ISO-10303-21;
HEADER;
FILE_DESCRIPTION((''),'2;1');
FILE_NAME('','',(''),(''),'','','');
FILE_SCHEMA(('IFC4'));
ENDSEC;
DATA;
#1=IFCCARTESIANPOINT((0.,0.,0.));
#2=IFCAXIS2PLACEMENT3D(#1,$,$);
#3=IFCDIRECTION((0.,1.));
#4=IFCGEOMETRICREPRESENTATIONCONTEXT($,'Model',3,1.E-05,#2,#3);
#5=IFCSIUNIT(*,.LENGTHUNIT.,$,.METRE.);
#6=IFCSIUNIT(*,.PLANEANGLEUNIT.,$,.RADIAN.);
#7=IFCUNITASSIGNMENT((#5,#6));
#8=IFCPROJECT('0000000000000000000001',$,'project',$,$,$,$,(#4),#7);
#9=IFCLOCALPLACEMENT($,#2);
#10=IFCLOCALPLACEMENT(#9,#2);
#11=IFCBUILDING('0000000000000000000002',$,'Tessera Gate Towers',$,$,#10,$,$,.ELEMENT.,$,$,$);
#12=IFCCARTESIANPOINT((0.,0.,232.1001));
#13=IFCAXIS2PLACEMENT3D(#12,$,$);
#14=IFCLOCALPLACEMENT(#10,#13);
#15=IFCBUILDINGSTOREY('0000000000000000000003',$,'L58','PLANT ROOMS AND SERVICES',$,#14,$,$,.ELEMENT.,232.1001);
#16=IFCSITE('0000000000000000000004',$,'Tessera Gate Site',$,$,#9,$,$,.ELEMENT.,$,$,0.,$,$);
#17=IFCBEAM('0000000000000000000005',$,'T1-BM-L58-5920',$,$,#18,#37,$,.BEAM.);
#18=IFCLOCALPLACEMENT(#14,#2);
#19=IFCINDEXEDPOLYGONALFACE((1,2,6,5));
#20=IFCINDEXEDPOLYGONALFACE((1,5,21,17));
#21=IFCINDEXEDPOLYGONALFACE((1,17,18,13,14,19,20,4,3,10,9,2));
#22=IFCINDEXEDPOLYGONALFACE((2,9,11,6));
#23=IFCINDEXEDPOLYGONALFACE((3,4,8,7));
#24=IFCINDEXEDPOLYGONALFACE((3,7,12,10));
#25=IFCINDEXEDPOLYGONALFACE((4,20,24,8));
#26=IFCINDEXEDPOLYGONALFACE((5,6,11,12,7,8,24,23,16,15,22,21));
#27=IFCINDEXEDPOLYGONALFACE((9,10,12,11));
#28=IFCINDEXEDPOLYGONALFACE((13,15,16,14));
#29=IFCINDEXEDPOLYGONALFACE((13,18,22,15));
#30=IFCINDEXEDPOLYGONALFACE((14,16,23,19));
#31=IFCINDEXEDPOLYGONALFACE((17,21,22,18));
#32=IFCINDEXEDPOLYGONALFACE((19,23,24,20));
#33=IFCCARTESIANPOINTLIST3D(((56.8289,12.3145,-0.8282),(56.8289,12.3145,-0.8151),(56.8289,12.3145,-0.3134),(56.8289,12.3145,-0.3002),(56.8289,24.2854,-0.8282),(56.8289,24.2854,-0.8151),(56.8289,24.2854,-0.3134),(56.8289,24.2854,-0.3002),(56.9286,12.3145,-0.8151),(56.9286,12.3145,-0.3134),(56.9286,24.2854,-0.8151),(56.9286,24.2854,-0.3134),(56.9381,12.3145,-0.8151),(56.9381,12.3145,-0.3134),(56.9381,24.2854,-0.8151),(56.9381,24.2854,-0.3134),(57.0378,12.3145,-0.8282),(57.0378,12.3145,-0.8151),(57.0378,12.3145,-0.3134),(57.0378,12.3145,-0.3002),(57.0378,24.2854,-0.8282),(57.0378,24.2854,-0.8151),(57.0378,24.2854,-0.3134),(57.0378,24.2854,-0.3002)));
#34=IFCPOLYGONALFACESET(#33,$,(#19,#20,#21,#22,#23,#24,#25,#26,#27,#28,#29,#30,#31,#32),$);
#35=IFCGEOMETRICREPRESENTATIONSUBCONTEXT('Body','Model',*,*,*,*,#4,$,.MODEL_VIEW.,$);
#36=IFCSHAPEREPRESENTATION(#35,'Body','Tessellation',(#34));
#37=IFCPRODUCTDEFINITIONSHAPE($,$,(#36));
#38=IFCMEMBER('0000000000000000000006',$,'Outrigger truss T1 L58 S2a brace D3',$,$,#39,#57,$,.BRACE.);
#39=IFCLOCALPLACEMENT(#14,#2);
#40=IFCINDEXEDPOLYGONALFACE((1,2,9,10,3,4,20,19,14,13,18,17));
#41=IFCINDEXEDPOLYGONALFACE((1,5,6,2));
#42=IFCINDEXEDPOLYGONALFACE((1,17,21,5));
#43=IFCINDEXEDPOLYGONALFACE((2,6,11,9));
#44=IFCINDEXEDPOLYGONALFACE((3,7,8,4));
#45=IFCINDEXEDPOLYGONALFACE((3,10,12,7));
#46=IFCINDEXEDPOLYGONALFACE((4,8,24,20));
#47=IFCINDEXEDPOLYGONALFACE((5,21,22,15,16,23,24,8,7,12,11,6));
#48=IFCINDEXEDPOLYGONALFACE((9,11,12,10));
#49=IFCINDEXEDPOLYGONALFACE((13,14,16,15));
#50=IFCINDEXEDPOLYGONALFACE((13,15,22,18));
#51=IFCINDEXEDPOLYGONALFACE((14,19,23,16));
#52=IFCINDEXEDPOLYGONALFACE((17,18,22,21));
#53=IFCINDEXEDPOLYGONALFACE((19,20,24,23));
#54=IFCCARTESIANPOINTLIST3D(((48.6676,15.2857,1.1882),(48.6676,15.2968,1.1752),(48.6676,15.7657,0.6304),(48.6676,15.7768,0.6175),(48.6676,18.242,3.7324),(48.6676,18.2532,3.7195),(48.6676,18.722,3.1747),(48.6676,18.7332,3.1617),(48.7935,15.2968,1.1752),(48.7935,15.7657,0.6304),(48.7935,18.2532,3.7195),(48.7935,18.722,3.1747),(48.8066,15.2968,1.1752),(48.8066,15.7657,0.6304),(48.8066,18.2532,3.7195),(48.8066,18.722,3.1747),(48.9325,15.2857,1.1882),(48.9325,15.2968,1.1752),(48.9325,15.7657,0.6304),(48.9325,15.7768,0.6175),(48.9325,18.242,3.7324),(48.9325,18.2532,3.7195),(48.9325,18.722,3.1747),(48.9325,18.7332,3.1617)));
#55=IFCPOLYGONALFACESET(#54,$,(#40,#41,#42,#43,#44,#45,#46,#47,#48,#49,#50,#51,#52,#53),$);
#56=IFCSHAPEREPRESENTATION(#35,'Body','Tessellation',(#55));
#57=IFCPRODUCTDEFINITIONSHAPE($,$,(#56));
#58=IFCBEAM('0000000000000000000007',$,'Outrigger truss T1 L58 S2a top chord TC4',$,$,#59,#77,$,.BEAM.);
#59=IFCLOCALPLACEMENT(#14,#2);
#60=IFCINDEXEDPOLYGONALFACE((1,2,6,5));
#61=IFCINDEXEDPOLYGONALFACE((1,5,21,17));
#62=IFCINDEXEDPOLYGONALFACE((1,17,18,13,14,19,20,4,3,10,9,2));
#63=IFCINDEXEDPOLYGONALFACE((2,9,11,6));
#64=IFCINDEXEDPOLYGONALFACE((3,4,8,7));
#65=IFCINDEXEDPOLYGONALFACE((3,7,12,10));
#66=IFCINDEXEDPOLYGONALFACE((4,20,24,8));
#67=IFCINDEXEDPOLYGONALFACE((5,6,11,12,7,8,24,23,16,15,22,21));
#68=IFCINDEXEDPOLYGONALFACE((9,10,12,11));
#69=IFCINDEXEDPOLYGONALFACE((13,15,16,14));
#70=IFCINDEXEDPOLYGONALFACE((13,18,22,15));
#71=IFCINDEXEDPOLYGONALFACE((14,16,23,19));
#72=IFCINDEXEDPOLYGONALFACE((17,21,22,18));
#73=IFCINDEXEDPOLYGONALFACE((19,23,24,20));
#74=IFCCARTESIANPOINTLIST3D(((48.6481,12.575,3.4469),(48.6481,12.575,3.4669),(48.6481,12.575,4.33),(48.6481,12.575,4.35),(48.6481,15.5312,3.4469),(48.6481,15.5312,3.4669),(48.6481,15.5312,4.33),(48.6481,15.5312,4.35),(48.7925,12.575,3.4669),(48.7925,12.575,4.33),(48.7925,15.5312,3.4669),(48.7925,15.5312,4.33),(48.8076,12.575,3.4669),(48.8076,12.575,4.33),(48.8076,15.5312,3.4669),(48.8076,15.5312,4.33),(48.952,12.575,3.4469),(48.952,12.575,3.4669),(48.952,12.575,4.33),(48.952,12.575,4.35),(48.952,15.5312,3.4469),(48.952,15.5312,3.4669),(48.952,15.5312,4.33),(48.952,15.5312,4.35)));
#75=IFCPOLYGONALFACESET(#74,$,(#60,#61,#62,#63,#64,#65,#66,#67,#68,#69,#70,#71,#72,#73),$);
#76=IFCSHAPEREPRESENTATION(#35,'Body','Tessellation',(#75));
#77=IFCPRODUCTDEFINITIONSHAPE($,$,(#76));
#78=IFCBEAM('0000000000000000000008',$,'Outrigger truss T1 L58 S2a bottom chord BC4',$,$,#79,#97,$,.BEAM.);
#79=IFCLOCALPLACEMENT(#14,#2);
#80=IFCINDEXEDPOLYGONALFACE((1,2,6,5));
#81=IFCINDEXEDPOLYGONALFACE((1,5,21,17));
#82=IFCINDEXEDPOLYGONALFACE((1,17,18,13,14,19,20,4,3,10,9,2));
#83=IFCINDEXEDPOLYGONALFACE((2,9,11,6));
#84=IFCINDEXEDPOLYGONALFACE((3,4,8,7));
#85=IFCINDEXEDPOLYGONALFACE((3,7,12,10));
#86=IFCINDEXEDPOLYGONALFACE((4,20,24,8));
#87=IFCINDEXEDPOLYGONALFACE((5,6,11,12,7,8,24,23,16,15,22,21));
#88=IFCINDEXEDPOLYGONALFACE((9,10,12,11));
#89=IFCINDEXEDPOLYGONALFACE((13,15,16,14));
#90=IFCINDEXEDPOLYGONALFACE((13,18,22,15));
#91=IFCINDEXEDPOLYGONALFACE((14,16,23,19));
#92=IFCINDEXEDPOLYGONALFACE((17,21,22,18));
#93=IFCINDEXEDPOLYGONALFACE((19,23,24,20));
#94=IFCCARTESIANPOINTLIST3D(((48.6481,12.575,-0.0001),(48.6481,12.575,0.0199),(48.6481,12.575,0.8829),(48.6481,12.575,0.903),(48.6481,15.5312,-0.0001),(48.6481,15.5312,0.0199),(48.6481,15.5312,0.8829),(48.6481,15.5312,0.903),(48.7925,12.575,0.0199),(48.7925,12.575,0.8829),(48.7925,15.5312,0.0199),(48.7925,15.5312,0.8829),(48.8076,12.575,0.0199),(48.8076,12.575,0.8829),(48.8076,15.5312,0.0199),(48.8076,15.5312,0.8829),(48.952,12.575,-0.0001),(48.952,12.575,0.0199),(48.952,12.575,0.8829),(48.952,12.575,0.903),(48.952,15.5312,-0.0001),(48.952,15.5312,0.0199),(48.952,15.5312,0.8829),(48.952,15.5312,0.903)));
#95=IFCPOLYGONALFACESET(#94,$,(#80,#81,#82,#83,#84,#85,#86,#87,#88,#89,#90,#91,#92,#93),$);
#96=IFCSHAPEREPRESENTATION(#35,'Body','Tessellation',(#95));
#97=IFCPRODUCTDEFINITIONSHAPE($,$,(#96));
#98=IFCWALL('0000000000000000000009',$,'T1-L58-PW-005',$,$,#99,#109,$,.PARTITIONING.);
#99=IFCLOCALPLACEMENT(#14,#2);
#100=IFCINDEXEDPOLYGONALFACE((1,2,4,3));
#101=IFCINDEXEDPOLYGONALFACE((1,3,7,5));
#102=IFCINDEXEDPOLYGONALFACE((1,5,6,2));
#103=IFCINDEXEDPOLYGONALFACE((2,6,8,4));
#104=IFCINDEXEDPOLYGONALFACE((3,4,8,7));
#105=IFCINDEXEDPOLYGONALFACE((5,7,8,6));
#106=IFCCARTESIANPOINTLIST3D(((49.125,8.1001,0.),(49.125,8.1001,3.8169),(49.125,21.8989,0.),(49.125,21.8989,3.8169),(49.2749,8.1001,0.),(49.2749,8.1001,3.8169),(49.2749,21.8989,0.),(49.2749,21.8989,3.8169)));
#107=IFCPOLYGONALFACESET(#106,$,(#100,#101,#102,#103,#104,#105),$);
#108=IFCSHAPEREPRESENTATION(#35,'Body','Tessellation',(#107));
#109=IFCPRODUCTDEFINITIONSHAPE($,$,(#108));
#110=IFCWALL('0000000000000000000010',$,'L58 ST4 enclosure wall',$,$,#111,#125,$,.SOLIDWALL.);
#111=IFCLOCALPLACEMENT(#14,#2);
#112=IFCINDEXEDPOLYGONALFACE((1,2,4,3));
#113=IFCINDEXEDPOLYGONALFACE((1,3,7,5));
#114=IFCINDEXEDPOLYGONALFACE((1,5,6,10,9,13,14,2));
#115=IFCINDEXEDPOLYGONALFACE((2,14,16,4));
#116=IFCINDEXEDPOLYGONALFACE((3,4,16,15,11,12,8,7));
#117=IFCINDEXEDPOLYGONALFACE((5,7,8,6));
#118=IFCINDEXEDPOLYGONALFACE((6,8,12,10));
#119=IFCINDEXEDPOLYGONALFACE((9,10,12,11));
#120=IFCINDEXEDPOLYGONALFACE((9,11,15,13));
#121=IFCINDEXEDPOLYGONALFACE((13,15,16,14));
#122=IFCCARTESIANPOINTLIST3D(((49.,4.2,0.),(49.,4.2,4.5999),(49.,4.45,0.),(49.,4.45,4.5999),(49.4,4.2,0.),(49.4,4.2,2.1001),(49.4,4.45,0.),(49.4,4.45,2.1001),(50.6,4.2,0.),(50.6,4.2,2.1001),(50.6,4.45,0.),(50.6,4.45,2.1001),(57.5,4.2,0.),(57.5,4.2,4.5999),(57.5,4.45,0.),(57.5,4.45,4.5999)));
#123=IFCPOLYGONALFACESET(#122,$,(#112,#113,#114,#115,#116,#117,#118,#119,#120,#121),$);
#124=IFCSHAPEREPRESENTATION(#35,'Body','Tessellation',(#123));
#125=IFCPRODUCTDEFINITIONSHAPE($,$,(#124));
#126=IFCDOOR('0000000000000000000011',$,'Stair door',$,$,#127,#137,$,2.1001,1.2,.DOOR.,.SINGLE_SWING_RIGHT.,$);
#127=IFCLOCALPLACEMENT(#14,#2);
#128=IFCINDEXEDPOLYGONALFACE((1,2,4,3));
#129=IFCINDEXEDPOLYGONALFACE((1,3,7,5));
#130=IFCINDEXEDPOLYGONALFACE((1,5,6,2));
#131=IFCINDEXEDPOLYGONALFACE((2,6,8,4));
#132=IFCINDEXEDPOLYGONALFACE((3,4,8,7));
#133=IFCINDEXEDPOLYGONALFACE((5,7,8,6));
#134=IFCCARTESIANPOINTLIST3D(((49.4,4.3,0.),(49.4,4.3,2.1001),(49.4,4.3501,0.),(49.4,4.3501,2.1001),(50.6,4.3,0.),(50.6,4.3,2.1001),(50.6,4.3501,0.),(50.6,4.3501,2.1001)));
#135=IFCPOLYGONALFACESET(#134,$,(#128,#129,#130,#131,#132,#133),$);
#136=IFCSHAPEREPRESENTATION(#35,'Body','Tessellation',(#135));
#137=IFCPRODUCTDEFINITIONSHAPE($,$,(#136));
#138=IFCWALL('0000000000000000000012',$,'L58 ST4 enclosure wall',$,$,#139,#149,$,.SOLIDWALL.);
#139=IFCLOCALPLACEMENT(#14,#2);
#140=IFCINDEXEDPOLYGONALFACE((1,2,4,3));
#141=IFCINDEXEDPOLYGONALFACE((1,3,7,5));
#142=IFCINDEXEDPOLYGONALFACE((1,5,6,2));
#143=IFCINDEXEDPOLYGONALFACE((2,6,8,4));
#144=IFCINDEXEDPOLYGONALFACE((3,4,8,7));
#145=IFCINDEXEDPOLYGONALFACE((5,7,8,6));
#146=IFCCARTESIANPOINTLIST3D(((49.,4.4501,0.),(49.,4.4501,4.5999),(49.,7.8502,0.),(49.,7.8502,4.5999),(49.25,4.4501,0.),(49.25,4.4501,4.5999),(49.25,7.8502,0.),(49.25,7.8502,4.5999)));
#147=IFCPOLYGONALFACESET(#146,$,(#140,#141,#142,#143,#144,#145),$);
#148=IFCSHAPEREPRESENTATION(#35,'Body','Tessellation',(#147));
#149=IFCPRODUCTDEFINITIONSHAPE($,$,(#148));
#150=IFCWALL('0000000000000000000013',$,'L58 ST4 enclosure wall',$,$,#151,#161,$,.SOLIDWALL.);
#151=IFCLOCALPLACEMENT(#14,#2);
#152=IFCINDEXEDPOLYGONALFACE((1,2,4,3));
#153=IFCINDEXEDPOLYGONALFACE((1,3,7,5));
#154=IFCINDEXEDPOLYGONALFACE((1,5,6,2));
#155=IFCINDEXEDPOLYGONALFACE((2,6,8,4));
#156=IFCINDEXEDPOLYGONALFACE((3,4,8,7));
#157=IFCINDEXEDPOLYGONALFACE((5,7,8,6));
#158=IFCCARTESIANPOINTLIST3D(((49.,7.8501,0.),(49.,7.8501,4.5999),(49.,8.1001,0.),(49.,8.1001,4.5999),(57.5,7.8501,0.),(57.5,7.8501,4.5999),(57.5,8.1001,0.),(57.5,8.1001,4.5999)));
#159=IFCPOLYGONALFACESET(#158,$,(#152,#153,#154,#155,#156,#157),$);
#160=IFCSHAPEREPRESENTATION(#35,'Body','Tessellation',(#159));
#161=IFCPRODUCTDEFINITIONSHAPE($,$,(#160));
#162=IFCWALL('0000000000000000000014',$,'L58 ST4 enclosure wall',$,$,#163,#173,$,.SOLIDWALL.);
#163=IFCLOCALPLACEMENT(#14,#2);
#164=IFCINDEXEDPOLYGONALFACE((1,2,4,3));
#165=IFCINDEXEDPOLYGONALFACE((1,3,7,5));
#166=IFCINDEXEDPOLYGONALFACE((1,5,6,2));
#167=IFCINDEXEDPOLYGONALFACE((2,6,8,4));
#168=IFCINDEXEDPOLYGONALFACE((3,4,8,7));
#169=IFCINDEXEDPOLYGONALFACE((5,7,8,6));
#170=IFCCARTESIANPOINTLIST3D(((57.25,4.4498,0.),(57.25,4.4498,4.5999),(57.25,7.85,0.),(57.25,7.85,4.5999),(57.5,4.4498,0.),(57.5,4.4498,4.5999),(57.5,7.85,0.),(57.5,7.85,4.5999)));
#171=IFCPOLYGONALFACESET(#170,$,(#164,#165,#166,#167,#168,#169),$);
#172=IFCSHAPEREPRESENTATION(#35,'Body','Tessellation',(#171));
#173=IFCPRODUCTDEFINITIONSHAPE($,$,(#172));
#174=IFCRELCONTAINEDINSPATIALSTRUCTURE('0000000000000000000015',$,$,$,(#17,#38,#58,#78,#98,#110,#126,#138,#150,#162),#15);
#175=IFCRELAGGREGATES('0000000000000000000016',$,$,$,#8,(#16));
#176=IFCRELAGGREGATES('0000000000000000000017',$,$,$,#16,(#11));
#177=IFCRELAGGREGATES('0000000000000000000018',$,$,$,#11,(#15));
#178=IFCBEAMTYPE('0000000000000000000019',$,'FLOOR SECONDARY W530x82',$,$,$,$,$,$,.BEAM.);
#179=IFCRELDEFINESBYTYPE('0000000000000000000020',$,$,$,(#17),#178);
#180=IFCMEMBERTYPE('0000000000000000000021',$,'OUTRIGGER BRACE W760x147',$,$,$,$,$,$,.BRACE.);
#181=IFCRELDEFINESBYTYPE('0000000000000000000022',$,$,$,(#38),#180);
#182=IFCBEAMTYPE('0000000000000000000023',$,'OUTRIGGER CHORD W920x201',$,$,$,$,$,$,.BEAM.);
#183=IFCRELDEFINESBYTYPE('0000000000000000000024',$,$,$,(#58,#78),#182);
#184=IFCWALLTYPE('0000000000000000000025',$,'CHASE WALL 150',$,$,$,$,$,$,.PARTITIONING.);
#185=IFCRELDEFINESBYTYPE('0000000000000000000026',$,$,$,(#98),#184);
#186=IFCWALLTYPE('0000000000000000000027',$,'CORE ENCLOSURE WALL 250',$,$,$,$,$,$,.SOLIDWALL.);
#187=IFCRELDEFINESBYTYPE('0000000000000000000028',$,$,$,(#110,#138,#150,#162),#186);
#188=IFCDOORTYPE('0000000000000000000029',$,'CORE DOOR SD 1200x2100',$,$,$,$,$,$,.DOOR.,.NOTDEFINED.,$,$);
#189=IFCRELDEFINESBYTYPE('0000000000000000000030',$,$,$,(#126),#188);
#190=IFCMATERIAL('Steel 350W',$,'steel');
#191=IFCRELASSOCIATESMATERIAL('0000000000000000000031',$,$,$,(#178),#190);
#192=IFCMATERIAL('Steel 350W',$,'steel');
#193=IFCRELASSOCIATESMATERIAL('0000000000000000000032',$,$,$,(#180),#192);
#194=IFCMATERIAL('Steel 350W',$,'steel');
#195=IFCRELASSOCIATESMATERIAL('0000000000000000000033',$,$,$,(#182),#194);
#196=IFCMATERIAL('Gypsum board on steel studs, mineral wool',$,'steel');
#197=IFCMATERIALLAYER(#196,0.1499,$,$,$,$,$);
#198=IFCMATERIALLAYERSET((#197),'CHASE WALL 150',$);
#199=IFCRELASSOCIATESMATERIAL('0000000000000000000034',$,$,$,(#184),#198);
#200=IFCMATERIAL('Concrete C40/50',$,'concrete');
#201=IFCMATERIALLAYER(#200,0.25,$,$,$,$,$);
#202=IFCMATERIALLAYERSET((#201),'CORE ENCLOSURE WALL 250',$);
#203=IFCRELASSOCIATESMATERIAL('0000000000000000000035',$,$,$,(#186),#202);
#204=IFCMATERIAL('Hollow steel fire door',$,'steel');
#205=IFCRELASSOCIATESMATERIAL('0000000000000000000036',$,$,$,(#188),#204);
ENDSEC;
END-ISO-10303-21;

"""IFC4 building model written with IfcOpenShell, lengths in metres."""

from ifc_helpers import new_model, si_unit, direction, frame, frame_2d, origin, origin_2d, place, context, subcontext, project, spatial, rectangle, i_section, extrude, source, transform, mapped, material, layer, layer_set, material_profile, profile_set, type_object, element, fill, save


model = new_model("IFC4")

# Units and contexts
model_context = context("Model", 3, precision=1e-05, world=origin(), true_north=direction((0.0, 1.0)))
body_context = subcontext(model_context, "Body", "Model", "MODEL_VIEW")
ifc_project = project(units=[si_unit("LENGTHUNIT", "METRE"), si_unit("PLANEANGLEUNIT", "RADIAN")], contexts=[model_context])

# Site, building, storey
site_placement = place(None, origin())
site = spatial("IfcSite", under=ifc_project, at=site_placement, Name="Tessera Gate Site", CompositionType="ELEMENT", RefElevation=0.0)
building_placement = place(site_placement, origin())
building = spatial("IfcBuilding", under=site, at=building_placement, Name="Tessera Gate Towers", CompositionType="ELEMENT")
storey_placement = place(building_placement, frame((0.0, 0.0, 232.1001)))
storey = spatial("IfcBuildingStorey", under=building, at=storey_placement, Name="L58", Description="PLANT ROOMS AND SERVICES", CompositionType="ELEMENT", Elevation=232.1001)

# Beam
ifc_material_1 = material(Name="Steel 350W", Category="steel")
ifc_material_profile_1 = material_profile(ifc_material_1, i_section(OverallWidth=0.209, OverallDepth=0.5281, WebThickness=0.0095, FlangeThickness=0.0132, at=origin_2d()), Name="W530x82")
ifc_profile_set_1 = profile_set([ifc_material_profile_1], Name="Steel 350W")
beam_type_1 = type_object("IfcBeamType", Name="FLOOR SECONDARY W530x82", PredefinedType="BEAM", material=ifc_profile_set_1)
beam_1_placement = place(storey_placement, frame((56.9333, 12.3145, -0.5642), z_axis=(0.0, 1.0, 0.0), x_axis=(-1.0, 0.0, 0.0)))
element("IfcBeam", 1, at=beam_1_placement, inside=storey, type_object=beam_type_1, Name="T1-BM-L58-5920", PredefinedType="BEAM", context=body_context, shape_type="SweptSolid", body=[
    extrude(i_section(OverallWidth=0.209, OverallDepth=0.5281, WebThickness=0.0095, FlangeThickness=0.0132, at=origin_2d()), origin(), (0.0, 0.0, 1.0), 11.9709),
])

# Member
ifc_material_2 = material(Name="Steel 350W", Category="steel")
ifc_material_profile_2 = material_profile(ifc_material_2, i_section(OverallWidth=0.2649, OverallDepth=0.7529, WebThickness=0.0132, FlangeThickness=0.0171, at=origin_2d()), Name="W760x147")
ifc_profile_set_2 = profile_set([ifc_material_profile_2], Name="Steel 350W")
member_type = type_object("IfcMemberType", Name="OUTRIGGER BRACE W760x147", PredefinedType="BRACE", material=ifc_profile_set_2)
member_placement = place(storey_placement, frame((48.8, 15.5312, 0.9028), z_axis=(0.0, 0.75796, 0.6523), x_axis=(-1.0, 0.0, 0.0)))
element("IfcMember", 2, at=member_placement, inside=storey, type_object=member_type, Name="Outrigger truss T1 L58 S2a brace D3", PredefinedType="BRACE", context=body_context, shape_type="SweptSolid", body=[
    extrude(i_section(OverallWidth=0.2649, OverallDepth=0.7529, WebThickness=0.0132, FlangeThickness=0.0171, at=origin_2d()), origin(), (0.0, 0.0, 1.0), 3.9004),
])

# Beams
ifc_material_3 = material(Name="Steel 350W", Category="steel")
ifc_material_profile_3 = material_profile(ifc_material_3, i_section(OverallWidth=0.304, OverallDepth=0.9031, WebThickness=0.0151, FlangeThickness=0.02, at=origin_2d()), Name="W920x201")
ifc_profile_set_3 = profile_set([ifc_material_profile_3], Name="Steel 350W")
beam_type_2 = type_object("IfcBeamType", Name="OUTRIGGER CHORD W920x201", PredefinedType="BEAM", material=ifc_profile_set_3)
for number, where, z_axis, x_axis, name in (
    (3, (48.8, 15.5312, 3.8984), (0.0, -1.0, 0.0), (1.0, 0.0, 0.0), "Outrigger truss T1 L58 S2a top chord TC4"),
    (4, (48.8, 15.5312, 0.4514), (0.0, -1.0, 0.0), (1.0, 0.0, 0.0), "Outrigger truss T1 L58 S2a bottom chord BC4"),
):
    element("IfcBeam", number, at=place(storey_placement, frame(where, z_axis=z_axis, x_axis=x_axis)), inside=storey, type_object=beam_type_2, Name=name, PredefinedType="BEAM", context=body_context, shape_type="SweptSolid", body=[
        extrude(i_section(OverallWidth=0.304, OverallDepth=0.9031, WebThickness=0.0151, FlangeThickness=0.02, at=origin_2d()), origin(), (0.0, 0.0, 1.0), 2.9563),
    ])

# Wall
ifc_material_4 = material(Name="Gypsum board on steel studs, mineral wool", Category="steel")
ifc_layer_1 = layer(ifc_material_4, 0.1499)
ifc_layer_set_1 = layer_set([ifc_layer_1], Name="CHASE WALL 150")
wall_type_1 = type_object("IfcWallType", Name="CHASE WALL 150", PredefinedType="PARTITIONING", material=ifc_layer_set_1)
wall_1_placement = place(storey_placement, frame((49.2, 8.1001, 0.0), z_axis=(0.0, 0.0, 1.0), x_axis=(0.0, 1.0, 0.0)))
element("IfcWall", 5, at=wall_1_placement, inside=storey, type_object=wall_type_1, Name="T1-L58-PW-005", PredefinedType="PARTITIONING", context=body_context, shape_type="SweptSolid", body=[
    extrude(rectangle(XDim=13.7988, YDim=0.1499, at=frame_2d((6.8994, 0.0))), origin(), (0.0, 0.0, 1.0), 3.8169),
])

# Wall, opening, door
ifc_material_5 = material(Name="Concrete C40/50", Category="concrete")
ifc_layer_2 = layer(ifc_material_5, 0.25)
ifc_layer_set_2 = layer_set([ifc_layer_2], Name="CORE ENCLOSURE WALL 250")
wall_type_2 = type_object("IfcWallType", Name="CORE ENCLOSURE WALL 250", PredefinedType="SOLIDWALL", material=ifc_layer_set_2)
wall_2_placement = place(storey_placement, frame((57.5, 4.325, 0.0), z_axis=(0.0, 0.0, 1.0), x_axis=(-1.0, 0.0, 0.0)))
wall_2 = element("IfcWall", 6, at=wall_2_placement, inside=storey, type_object=wall_type_2, Name="L58 ST4 enclosure wall", PredefinedType="SOLIDWALL", context=body_context, shape_type="SweptSolid", body=[
    extrude(rectangle(XDim=8.5, YDim=0.25, at=frame_2d((4.25, 0.0))), origin(), (0.0, 0.0, 1.0), 4.5999),
])
shared_shape_1 = source(origin(), body_context, "Body", "SweptSolid", [
    extrude(rectangle(XDim=1.2, YDim=2.1001, at=frame_2d((0.6001, 1.05))), frame((0.0, 0.135, 0.0), z_axis=(0.0, -1.0, 0.0), x_axis=(1.0, 0.0, 0.0)), (0.0, 0.0, 1.0), 0.27),
])
opening_placement = place(wall_2_placement, frame((6.8999, 0.0, 0.0)))
opening = element("IfcOpeningElement", 7, at=opening_placement, cuts=wall_2, PredefinedType="OPENING", context=body_context, shape_type="MappedRepresentation", body=[
    mapped(shared_shape_1, transform((0.0, 0.0, 0.0), scale=1.0)),
])
ifc_material_6 = material(Name="Hollow steel fire door", Category="steel")
door_type = type_object("IfcDoorType", Name="CORE DOOR SD 1200x2100", OperationType="NOTDEFINED", PredefinedType="DOOR", material=ifc_material_6)
shared_shape_2 = source(origin(), body_context, "Body", "SweptSolid", [
    extrude(rectangle(XDim=1.2, YDim=2.1001, at=frame_2d((0.6001, 1.05))), frame((0.0, 0.0249, 0.0), z_axis=(0.0, -1.0, 0.0), x_axis=(1.0, 0.0, 0.0)), (0.0, 0.0, 1.0), 0.05),
])
door_placement = place(opening_placement, origin())
door = element("IfcDoor", 8, at=door_placement, inside=storey, type_object=door_type, Name="Stair door", OperationType="SINGLE_SWING_RIGHT", OverallHeight=2.1001, OverallWidth=1.2, PredefinedType="DOOR", context=body_context, shape_type="MappedRepresentation", body=[
    mapped(shared_shape_2, transform((0.0, 0.0, 0.0), scale=1.0)),
])
fill(opening, door)

# Walls
wall_3_placement = place(storey_placement, frame((49.125, 4.45, 0.0), z_axis=(0.0, 0.0, 1.0), x_axis=(0.0, 1.0, 0.0)))
element("IfcWall", 9, at=wall_3_placement, inside=storey, type_object=wall_type_2, Name="L58 ST4 enclosure wall", PredefinedType="SOLIDWALL", context=body_context, shape_type="SweptSolid", body=[
    extrude(rectangle(XDim=3.4001, YDim=0.25, at=frame_2d((1.7002, 0.0))), origin(), (0.0, 0.0, 1.0), 4.5999),
])
wall_4_placement = place(storey_placement, frame((49.0, 7.9751, 0.0), z_axis=(0.0, 0.0, 1.0), x_axis=(1.0, 0.0, 0.0)))
element("IfcWall", 10, at=wall_4_placement, inside=storey, type_object=wall_type_2, Name="L58 ST4 enclosure wall", PredefinedType="SOLIDWALL", context=body_context, shape_type="SweptSolid", body=[
    extrude(rectangle(XDim=8.5, YDim=0.25, at=frame_2d((4.25, 0.0))), origin(), (0.0, 0.0, 1.0), 4.5999),
])
wall_5_placement = place(storey_placement, frame((57.375, 7.8501, 0.0), z_axis=(0.0, 0.0, 1.0), x_axis=(0.0, -1.0, 0.0)))
element("IfcWall", 11, at=wall_5_placement, inside=storey, type_object=wall_type_2, Name="L58 ST4 enclosure wall", PredefinedType="SOLIDWALL", context=body_context, shape_type="SweptSolid", body=[
    extrude(rectangle(XDim=3.4001, YDim=0.25, at=frame_2d((1.7002, 0.0))), origin(), (0.0, 0.0, 1.0), 4.5999),
])

save(model, "model.ifc")
